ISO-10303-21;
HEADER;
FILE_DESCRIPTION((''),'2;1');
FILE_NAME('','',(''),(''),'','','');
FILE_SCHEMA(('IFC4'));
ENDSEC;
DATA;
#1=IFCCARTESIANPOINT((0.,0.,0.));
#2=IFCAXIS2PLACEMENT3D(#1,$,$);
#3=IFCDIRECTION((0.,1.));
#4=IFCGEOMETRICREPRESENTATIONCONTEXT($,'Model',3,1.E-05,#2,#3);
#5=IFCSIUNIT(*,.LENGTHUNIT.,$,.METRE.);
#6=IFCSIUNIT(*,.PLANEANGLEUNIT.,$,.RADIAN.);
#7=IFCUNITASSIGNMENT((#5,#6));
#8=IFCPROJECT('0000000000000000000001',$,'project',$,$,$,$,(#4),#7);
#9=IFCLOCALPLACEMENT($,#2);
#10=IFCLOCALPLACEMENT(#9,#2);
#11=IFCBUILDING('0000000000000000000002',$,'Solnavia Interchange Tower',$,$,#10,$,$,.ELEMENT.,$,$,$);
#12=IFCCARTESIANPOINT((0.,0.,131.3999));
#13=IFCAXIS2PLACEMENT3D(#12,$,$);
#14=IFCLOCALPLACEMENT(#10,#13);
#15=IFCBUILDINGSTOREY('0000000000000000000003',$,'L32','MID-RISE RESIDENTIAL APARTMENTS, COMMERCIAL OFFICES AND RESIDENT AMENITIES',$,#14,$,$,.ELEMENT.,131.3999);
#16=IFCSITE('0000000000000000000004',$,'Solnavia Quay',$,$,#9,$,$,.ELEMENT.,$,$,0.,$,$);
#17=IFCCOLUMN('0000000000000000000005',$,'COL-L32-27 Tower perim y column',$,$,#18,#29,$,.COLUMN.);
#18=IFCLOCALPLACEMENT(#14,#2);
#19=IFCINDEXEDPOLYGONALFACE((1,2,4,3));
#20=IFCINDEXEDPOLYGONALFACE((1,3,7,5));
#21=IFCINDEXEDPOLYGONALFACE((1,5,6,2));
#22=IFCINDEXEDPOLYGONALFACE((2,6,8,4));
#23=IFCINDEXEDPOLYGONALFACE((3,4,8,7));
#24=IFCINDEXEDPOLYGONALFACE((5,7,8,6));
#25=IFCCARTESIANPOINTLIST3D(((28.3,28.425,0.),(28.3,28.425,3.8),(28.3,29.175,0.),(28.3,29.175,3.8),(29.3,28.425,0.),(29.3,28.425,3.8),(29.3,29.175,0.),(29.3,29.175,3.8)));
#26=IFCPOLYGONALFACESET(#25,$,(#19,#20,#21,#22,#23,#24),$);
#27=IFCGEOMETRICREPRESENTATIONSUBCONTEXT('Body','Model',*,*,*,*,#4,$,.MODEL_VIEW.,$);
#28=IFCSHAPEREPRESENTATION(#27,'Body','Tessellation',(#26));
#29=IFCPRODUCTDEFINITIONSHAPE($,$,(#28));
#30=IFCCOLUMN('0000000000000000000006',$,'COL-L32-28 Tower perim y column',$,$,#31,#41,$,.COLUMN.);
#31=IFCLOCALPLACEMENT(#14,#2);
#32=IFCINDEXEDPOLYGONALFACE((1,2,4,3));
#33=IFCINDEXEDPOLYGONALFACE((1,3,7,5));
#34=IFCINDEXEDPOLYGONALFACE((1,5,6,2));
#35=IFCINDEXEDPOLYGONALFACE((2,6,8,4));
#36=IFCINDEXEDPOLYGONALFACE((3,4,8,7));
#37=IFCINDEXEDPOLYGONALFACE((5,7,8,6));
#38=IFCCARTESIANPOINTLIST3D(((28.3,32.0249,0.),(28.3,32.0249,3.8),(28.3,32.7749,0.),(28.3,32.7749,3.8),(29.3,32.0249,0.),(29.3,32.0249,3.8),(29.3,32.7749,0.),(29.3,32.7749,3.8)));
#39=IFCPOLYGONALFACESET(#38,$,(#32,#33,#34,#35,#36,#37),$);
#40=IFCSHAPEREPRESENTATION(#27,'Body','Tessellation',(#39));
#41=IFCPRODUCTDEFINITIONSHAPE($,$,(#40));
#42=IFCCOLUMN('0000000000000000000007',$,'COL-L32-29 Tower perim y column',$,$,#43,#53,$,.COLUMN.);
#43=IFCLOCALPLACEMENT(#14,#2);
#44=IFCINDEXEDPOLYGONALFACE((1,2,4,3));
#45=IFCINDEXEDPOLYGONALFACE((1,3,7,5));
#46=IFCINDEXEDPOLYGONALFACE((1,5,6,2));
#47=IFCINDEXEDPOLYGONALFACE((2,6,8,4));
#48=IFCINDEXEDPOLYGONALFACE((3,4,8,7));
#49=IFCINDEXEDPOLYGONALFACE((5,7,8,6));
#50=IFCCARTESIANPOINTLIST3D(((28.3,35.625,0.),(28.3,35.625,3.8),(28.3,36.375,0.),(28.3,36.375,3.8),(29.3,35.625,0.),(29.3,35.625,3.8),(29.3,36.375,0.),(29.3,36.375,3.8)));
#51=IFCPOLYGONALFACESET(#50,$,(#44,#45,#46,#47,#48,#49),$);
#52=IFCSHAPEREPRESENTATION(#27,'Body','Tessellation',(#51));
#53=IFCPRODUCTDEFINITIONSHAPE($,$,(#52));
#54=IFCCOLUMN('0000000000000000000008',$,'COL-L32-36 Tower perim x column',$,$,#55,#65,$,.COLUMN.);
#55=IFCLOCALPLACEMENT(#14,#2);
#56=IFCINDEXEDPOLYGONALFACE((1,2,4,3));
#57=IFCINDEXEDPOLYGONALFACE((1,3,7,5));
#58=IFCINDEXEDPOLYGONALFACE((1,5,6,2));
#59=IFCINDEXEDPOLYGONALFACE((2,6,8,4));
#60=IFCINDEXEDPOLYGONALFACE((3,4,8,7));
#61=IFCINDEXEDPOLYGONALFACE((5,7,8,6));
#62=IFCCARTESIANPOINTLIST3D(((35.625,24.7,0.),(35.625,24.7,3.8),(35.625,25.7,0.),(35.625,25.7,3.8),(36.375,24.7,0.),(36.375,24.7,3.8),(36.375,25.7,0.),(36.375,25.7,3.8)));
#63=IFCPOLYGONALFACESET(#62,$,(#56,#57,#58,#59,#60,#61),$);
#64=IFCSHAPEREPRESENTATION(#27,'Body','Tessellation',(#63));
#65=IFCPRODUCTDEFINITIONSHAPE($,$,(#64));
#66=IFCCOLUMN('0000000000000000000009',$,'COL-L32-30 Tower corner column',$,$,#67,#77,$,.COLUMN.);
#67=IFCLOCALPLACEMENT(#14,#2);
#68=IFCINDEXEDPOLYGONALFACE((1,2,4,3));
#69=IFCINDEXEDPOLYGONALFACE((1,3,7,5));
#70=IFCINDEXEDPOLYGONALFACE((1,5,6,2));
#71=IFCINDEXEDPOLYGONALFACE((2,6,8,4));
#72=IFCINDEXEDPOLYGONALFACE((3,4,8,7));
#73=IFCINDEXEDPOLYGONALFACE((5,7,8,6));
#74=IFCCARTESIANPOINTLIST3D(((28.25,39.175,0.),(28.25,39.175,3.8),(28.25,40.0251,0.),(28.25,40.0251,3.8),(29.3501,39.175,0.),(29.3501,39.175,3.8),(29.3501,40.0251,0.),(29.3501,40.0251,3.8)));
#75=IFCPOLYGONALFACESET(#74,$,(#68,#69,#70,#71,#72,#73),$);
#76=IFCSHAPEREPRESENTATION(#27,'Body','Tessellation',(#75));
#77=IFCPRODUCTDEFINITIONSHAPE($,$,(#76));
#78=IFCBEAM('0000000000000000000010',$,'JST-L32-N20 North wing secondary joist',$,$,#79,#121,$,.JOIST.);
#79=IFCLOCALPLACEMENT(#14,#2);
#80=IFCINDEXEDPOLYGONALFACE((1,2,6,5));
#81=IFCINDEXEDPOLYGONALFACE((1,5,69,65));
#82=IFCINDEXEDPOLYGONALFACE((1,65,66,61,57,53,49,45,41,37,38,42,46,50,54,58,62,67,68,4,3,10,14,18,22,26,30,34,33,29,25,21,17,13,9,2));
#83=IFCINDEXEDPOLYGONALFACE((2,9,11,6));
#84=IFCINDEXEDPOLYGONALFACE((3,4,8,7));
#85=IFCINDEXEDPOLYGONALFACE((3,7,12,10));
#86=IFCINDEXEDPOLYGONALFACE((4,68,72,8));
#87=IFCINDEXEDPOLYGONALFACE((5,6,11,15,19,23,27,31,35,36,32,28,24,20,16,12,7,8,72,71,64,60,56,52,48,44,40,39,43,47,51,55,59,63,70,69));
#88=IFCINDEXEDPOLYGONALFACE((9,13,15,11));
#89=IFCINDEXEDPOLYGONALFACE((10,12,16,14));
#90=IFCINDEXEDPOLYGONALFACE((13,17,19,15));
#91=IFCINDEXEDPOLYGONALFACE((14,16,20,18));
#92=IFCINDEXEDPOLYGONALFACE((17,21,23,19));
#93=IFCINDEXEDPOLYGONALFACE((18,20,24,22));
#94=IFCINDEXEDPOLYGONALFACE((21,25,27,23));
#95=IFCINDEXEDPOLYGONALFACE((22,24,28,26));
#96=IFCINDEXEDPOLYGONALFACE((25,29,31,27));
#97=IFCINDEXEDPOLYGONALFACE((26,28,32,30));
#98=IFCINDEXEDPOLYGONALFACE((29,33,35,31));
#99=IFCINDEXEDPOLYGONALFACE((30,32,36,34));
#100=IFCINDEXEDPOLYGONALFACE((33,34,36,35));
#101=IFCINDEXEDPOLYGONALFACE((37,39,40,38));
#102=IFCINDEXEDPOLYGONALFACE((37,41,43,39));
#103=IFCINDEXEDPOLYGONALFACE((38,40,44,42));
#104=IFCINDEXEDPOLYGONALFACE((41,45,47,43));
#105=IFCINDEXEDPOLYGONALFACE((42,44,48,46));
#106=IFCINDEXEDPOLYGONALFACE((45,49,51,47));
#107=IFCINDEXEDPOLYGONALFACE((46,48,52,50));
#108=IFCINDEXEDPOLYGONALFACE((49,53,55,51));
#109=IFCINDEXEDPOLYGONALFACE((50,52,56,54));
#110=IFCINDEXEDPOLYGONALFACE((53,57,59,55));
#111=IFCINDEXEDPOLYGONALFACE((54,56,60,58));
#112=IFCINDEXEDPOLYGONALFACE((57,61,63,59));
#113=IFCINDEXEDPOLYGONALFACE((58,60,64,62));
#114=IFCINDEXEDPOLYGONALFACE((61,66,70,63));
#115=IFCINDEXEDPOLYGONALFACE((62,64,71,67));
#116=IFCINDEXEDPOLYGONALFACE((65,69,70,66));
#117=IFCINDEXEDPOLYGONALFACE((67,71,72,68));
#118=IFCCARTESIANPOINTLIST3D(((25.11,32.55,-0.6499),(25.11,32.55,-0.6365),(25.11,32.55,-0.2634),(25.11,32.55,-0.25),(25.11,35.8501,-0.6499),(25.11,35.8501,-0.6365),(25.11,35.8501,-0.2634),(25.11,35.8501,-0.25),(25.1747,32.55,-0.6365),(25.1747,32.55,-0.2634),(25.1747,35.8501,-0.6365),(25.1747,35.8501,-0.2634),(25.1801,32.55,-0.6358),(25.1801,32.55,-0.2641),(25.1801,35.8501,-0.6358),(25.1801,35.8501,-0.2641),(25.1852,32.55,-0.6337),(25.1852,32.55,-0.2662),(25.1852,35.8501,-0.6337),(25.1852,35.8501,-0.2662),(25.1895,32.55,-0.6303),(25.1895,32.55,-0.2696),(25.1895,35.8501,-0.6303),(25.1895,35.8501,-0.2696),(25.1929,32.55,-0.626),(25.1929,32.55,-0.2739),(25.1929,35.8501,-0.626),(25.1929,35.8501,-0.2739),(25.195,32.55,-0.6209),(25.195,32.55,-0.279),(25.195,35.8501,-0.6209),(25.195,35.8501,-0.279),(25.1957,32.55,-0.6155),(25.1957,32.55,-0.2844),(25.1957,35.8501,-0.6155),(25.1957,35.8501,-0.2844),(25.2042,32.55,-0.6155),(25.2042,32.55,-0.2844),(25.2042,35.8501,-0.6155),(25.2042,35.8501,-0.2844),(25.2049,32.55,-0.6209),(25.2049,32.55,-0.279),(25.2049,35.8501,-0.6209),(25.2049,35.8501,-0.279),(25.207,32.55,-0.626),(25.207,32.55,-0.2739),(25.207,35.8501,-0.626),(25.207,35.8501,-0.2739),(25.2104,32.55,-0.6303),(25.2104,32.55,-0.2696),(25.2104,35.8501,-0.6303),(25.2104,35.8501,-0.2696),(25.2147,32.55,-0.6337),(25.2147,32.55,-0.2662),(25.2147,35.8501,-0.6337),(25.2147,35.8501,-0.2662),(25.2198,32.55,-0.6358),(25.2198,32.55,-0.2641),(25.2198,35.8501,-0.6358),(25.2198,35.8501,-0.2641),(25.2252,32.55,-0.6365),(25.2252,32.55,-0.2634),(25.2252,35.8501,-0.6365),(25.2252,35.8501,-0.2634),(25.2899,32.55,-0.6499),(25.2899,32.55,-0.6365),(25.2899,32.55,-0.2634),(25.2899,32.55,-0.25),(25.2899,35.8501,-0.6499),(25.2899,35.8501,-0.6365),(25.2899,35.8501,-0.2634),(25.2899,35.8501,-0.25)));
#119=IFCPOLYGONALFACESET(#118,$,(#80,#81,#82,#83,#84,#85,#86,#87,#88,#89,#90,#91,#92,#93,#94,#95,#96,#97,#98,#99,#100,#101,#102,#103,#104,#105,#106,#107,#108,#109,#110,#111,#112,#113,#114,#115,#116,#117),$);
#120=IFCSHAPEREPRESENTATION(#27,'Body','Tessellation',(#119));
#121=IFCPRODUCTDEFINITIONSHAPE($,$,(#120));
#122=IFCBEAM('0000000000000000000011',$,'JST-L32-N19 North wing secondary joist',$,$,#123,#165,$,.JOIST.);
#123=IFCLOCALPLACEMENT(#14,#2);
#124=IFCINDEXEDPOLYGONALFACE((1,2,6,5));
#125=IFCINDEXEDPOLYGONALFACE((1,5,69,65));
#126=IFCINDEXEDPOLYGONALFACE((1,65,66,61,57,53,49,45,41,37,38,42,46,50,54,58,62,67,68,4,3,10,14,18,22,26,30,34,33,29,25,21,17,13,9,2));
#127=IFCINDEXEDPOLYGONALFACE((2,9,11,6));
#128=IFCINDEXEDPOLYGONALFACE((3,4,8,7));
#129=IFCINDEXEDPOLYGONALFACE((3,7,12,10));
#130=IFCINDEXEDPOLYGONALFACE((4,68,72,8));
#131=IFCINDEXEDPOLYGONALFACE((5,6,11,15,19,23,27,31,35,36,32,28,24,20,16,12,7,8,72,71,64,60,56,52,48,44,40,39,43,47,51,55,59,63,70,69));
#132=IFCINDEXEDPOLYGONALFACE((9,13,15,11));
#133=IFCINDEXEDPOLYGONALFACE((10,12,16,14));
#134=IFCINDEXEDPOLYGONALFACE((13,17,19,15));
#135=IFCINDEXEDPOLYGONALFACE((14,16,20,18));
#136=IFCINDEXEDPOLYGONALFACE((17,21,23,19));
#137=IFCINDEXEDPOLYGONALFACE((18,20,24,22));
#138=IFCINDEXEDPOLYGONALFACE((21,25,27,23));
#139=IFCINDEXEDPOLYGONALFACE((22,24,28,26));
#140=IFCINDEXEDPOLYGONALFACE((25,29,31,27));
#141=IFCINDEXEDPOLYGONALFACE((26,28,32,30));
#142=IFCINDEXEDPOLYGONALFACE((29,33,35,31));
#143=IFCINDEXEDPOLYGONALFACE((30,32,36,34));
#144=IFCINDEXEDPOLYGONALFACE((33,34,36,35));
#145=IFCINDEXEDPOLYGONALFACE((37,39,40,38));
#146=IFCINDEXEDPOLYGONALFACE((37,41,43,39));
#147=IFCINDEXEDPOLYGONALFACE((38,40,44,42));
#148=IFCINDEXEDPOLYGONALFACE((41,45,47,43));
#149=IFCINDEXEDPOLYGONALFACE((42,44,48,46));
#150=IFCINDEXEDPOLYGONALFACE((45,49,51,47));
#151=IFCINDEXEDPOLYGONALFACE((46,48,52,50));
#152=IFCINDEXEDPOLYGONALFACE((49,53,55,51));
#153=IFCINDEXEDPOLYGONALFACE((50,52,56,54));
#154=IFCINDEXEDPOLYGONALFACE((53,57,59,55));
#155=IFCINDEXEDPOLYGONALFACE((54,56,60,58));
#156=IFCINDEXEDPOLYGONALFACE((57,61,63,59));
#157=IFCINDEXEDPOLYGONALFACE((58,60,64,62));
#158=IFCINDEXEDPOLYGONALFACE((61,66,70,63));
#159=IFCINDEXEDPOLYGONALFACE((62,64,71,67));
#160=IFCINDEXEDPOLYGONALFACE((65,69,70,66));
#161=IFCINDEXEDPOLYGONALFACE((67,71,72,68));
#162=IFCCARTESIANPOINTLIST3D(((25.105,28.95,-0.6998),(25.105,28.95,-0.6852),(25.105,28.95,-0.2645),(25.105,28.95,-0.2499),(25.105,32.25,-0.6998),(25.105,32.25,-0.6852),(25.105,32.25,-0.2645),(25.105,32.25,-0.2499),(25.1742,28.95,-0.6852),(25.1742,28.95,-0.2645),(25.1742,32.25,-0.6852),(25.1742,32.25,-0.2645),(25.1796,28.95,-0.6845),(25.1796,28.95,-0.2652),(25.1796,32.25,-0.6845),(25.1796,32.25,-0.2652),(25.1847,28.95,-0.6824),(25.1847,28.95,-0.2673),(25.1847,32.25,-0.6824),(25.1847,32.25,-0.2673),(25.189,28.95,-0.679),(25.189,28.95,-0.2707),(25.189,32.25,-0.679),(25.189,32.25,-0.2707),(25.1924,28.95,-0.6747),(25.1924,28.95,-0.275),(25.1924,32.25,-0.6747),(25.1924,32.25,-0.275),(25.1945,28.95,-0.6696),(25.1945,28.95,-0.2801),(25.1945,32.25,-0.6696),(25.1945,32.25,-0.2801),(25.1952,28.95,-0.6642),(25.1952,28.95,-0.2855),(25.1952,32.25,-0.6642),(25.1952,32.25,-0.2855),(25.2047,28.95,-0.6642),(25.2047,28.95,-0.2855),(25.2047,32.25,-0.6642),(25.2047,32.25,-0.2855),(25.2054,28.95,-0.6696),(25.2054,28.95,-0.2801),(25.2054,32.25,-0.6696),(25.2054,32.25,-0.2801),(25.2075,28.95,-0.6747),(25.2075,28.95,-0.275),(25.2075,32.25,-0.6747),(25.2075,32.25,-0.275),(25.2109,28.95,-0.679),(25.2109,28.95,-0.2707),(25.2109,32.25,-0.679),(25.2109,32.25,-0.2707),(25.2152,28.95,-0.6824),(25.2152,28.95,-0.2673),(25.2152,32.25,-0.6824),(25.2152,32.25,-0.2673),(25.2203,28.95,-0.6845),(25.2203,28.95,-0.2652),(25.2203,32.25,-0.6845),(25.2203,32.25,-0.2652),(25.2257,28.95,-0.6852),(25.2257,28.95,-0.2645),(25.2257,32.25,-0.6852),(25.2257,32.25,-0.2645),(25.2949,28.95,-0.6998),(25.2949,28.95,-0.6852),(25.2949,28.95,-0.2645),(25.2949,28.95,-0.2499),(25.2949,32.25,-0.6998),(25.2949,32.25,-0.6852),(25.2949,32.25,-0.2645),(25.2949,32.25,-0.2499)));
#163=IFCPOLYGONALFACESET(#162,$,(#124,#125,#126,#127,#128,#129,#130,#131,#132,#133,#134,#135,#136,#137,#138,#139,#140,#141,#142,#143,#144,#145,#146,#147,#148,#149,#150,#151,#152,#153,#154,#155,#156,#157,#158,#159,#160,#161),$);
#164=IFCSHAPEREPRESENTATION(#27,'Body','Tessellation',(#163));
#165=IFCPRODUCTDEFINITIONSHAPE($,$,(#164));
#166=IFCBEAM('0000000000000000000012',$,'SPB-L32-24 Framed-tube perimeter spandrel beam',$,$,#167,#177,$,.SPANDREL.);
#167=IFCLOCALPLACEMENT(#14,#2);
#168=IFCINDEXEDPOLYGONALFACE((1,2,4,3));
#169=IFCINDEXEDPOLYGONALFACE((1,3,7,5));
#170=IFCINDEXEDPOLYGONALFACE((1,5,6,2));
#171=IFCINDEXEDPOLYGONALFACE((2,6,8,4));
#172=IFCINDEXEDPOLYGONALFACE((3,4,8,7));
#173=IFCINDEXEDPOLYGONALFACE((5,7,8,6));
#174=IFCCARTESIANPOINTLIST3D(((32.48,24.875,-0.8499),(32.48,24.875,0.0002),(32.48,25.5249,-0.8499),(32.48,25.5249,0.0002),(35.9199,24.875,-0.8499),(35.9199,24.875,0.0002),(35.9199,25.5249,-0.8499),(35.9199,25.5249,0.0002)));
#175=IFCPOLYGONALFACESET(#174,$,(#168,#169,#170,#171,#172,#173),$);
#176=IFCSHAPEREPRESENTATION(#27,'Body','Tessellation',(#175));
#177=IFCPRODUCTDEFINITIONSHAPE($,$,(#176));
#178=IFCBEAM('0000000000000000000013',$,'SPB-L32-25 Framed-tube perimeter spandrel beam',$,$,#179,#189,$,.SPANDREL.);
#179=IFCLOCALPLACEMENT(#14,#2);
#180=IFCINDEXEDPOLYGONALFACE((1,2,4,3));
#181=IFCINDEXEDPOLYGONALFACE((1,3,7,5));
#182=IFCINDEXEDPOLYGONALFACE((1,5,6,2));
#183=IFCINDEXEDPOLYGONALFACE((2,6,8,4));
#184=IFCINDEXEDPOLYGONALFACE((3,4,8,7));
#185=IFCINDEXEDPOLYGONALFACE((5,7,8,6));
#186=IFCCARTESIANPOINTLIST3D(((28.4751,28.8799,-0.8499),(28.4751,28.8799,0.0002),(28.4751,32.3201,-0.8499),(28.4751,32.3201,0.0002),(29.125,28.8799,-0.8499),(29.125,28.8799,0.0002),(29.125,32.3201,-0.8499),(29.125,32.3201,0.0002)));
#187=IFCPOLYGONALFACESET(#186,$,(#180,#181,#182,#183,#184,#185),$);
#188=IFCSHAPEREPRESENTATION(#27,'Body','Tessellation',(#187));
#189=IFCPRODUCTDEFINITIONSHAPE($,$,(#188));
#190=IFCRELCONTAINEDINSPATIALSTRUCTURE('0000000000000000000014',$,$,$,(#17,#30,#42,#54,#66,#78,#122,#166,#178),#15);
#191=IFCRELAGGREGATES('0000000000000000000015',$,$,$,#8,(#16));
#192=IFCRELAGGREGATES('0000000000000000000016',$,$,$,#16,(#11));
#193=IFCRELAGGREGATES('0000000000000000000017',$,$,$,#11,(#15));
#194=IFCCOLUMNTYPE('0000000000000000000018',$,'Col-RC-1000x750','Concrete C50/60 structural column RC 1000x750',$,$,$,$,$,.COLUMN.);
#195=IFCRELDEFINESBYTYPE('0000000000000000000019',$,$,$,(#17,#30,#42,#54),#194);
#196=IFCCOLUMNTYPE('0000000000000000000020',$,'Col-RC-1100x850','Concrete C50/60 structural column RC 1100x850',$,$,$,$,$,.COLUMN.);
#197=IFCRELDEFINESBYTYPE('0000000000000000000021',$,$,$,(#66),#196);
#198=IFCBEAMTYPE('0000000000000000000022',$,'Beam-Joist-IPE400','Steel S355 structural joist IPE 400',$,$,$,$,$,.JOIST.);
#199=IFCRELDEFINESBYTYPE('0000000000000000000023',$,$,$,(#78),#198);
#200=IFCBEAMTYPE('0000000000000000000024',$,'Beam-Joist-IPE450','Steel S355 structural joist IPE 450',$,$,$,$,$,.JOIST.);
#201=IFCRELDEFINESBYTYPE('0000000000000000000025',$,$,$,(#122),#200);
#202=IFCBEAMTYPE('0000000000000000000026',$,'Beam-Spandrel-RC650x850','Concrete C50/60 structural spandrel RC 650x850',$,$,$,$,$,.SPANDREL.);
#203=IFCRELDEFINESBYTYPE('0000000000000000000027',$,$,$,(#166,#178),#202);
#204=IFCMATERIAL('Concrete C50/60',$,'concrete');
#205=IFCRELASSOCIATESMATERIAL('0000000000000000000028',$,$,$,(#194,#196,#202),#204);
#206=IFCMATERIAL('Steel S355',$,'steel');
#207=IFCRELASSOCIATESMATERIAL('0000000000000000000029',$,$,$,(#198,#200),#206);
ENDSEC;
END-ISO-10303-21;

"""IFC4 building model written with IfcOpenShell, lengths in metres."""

from ifc_helpers import new_model, si_unit, direction, frame, origin, origin_2d, place, context, subcontext, project, spatial, rectangle, i_section, extrude, material, material_profile, profile_set, type_object, element, save


model = new_model("IFC4")

# Units and contexts
model_context = context("Model", 3, precision=1e-05, world=origin(), true_north=direction((0.0, 1.0)))
body_context = subcontext(model_context, "Body", "Model", "MODEL_VIEW")
ifc_project = project(units=[si_unit("LENGTHUNIT", "METRE"), si_unit("PLANEANGLEUNIT", "RADIAN")], contexts=[model_context])

# Site, building, storey
site_placement = place(None, origin())
site = spatial("IfcSite", under=ifc_project, at=site_placement, Name="Solnavia Quay", CompositionType="ELEMENT", RefElevation=0.0)
building_placement = place(site_placement, origin())
building = spatial("IfcBuilding", under=site, at=building_placement, Name="Solnavia Interchange Tower", CompositionType="ELEMENT")
storey_placement = place(building_placement, frame((0.0, 0.0, 131.3999)))
storey = spatial("IfcBuildingStorey", under=building, at=storey_placement, Name="L32", Description="MID-RISE RESIDENTIAL APARTMENTS, COMMERCIAL OFFICES AND RESIDENT AMENITIES", CompositionType="ELEMENT", Elevation=131.3999)

# Columns
ifc_material_1 = material(Name="Concrete C50/60", Category="concrete")
ifc_material_profile_1 = material_profile(ifc_material_1, rectangle(XDim=0.75, YDim=1.0, at=origin_2d()), Name="RC 1000x750")
ifc_profile_set_1 = profile_set([ifc_material_profile_1], Name="Concrete C50/60")
column_type_1 = type_object("IfcColumnType", Name="Col-RC-1000x750", Description="Concrete C50/60 structural column RC 1000x750", PredefinedType="COLUMN", material=ifc_profile_set_1)
for number, where, z_axis, x_axis, name in (
    (1, (28.8, 28.8, 0.0), (0.0, 0.0, 1.0), (0.0, 1.0, 0.0), "COL-L32-27 Tower perim y column"),
    (2, (28.8, 32.3999, 0.0), (0.0, 0.0, 1.0), (0.0, 1.0, 0.0), "COL-L32-28 Tower perim y column"),
    (3, (28.8, 36.0, 0.0), (0.0, 0.0, 1.0), (0.0, 1.0, 0.0), "COL-L32-29 Tower perim y column"),
    (4, (36.0, 25.2, 0.0), (0.0, 0.0, 1.0), (1.0, 0.0, 0.0), "COL-L32-36 Tower perim x column"),
):
    element("IfcColumn", number, at=place(storey_placement, frame(where, z_axis=z_axis, x_axis=x_axis)), inside=storey, type_object=column_type_1, Name=name, PredefinedType="COLUMN", context=body_context, shape_type="SweptSolid", body=[
        extrude(rectangle(XDim=0.75, YDim=1.0, at=origin_2d()), origin(), (0.0, 0.0, 1.0), 3.8),
    ])
ifc_material_profile_2 = material_profile(ifc_material_1, rectangle(XDim=0.8501, YDim=1.1001, at=origin_2d()), Name="RC 1100x850")
ifc_profile_set_2 = profile_set([ifc_material_profile_2], Name="Concrete C50/60")
column_type_2 = type_object("IfcColumnType", Name="Col-RC-1100x850", Description="Concrete C50/60 structural column RC 1100x850", PredefinedType="COLUMN", material=ifc_profile_set_2)
column_placement = place(storey_placement, frame((28.8, 39.6001, 0.0), z_axis=(0.0, 0.0, 1.0), x_axis=(0.0, 1.0, 0.0)))
element("IfcColumn", 5, at=column_placement, inside=storey, type_object=column_type_2, Name="COL-L32-30 Tower corner column", PredefinedType="COLUMN", context=body_context, shape_type="SweptSolid", body=[
    extrude(rectangle(XDim=0.8501, YDim=1.1001, at=origin_2d()), origin(), (0.0, 0.0, 1.0), 3.8),
])

# Beams
ifc_material_2 = material(Name="Steel S355", Category="steel")
ifc_material_profile_3 = material_profile(ifc_material_2, i_section(OverallWidth=0.1799, OverallDepth=0.3999, WebThickness=0.0085, FlangeThickness=0.0134, FilletRadius=0.021, at=origin_2d()), Name="IPE 400")
ifc_profile_set_3 = profile_set([ifc_material_profile_3], Name="Steel S355")
beam_type_1 = type_object("IfcBeamType", Name="Beam-Joist-IPE400", Description="Steel S355 structural joist IPE 400", PredefinedType="JOIST", material=ifc_profile_set_3)
beam_1_placement = place(storey_placement, frame((25.2, 32.55, -0.45), z_axis=(0.0, 1.0, 0.0), x_axis=(-1.0, 0.0, 0.0)))
element("IfcBeam", 6, at=beam_1_placement, inside=storey, type_object=beam_type_1, Name="JST-L32-N20 North wing secondary joist", PredefinedType="JOIST", context=body_context, shape_type="SweptSolid", body=[
    extrude(i_section(OverallWidth=0.1799, OverallDepth=0.3999, WebThickness=0.0085, FlangeThickness=0.0134, FilletRadius=0.021, at=origin_2d()), origin(), (0.0, 0.0, 1.0), 3.3),
])
ifc_material_profile_4 = material_profile(ifc_material_2, i_section(OverallWidth=0.1899, OverallDepth=0.45, WebThickness=0.0095, FlangeThickness=0.0146, FilletRadius=0.021, at=origin_2d()), Name="IPE 450")
ifc_profile_set_4 = profile_set([ifc_material_profile_4], Name="Steel S355")
beam_type_2 = type_object("IfcBeamType", Name="Beam-Joist-IPE450", Description="Steel S355 structural joist IPE 450", PredefinedType="JOIST", material=ifc_profile_set_4)
beam_2_placement = place(storey_placement, frame((25.2, 28.95, -0.4749), z_axis=(0.0, 1.0, 0.0), x_axis=(-1.0, 0.0, 0.0)))
element("IfcBeam", 7, at=beam_2_placement, inside=storey, type_object=beam_type_2, Name="JST-L32-N19 North wing secondary joist", PredefinedType="JOIST", context=body_context, shape_type="SweptSolid", body=[
    extrude(i_section(OverallWidth=0.1899, OverallDepth=0.45, WebThickness=0.0095, FlangeThickness=0.0146, FilletRadius=0.021, at=origin_2d()), origin(), (0.0, 0.0, 1.0), 3.3),
])
ifc_material_profile_5 = material_profile(ifc_material_1, rectangle(XDim=0.6499, YDim=0.8501, at=origin_2d()), Name="RC 650x850")
ifc_profile_set_5 = profile_set([ifc_material_profile_5], Name="Concrete C50/60")
beam_type_3 = type_object("IfcBeamType", Name="Beam-Spandrel-RC650x850", Description="Concrete C50/60 structural spandrel RC 650x850", PredefinedType="SPANDREL", material=ifc_profile_set_5)
beam_3_placement = place(storey_placement, frame((35.9199, 25.2, -0.4248), z_axis=(-1.0, 0.0, 0.0), x_axis=(0.0, -1.0, 0.0)))
element("IfcBeam", 8, at=beam_3_placement, inside=storey, type_object=beam_type_3, Name="SPB-L32-24 Framed-tube perimeter spandrel beam", PredefinedType="SPANDREL", context=body_context, shape_type="SweptSolid", body=[
    extrude(rectangle(XDim=0.6499, YDim=0.8501, at=origin_2d()), origin(), (0.0, 0.0, 1.0), 3.4399),
])
beam_4_placement = place(storey_placement, frame((28.8, 28.8799, -0.4248), z_axis=(0.0, 1.0, 0.0), x_axis=(-1.0, 0.0, 0.0)))
element("IfcBeam", 9, at=beam_4_placement, inside=storey, type_object=beam_type_3, Name="SPB-L32-25 Framed-tube perimeter spandrel beam", PredefinedType="SPANDREL", context=body_context, shape_type="SweptSolid", body=[
    extrude(rectangle(XDim=0.6499, YDim=0.8501, at=origin_2d()), origin(), (0.0, 0.0, 1.0), 3.4402),
])

save(model, "model.ifc")
